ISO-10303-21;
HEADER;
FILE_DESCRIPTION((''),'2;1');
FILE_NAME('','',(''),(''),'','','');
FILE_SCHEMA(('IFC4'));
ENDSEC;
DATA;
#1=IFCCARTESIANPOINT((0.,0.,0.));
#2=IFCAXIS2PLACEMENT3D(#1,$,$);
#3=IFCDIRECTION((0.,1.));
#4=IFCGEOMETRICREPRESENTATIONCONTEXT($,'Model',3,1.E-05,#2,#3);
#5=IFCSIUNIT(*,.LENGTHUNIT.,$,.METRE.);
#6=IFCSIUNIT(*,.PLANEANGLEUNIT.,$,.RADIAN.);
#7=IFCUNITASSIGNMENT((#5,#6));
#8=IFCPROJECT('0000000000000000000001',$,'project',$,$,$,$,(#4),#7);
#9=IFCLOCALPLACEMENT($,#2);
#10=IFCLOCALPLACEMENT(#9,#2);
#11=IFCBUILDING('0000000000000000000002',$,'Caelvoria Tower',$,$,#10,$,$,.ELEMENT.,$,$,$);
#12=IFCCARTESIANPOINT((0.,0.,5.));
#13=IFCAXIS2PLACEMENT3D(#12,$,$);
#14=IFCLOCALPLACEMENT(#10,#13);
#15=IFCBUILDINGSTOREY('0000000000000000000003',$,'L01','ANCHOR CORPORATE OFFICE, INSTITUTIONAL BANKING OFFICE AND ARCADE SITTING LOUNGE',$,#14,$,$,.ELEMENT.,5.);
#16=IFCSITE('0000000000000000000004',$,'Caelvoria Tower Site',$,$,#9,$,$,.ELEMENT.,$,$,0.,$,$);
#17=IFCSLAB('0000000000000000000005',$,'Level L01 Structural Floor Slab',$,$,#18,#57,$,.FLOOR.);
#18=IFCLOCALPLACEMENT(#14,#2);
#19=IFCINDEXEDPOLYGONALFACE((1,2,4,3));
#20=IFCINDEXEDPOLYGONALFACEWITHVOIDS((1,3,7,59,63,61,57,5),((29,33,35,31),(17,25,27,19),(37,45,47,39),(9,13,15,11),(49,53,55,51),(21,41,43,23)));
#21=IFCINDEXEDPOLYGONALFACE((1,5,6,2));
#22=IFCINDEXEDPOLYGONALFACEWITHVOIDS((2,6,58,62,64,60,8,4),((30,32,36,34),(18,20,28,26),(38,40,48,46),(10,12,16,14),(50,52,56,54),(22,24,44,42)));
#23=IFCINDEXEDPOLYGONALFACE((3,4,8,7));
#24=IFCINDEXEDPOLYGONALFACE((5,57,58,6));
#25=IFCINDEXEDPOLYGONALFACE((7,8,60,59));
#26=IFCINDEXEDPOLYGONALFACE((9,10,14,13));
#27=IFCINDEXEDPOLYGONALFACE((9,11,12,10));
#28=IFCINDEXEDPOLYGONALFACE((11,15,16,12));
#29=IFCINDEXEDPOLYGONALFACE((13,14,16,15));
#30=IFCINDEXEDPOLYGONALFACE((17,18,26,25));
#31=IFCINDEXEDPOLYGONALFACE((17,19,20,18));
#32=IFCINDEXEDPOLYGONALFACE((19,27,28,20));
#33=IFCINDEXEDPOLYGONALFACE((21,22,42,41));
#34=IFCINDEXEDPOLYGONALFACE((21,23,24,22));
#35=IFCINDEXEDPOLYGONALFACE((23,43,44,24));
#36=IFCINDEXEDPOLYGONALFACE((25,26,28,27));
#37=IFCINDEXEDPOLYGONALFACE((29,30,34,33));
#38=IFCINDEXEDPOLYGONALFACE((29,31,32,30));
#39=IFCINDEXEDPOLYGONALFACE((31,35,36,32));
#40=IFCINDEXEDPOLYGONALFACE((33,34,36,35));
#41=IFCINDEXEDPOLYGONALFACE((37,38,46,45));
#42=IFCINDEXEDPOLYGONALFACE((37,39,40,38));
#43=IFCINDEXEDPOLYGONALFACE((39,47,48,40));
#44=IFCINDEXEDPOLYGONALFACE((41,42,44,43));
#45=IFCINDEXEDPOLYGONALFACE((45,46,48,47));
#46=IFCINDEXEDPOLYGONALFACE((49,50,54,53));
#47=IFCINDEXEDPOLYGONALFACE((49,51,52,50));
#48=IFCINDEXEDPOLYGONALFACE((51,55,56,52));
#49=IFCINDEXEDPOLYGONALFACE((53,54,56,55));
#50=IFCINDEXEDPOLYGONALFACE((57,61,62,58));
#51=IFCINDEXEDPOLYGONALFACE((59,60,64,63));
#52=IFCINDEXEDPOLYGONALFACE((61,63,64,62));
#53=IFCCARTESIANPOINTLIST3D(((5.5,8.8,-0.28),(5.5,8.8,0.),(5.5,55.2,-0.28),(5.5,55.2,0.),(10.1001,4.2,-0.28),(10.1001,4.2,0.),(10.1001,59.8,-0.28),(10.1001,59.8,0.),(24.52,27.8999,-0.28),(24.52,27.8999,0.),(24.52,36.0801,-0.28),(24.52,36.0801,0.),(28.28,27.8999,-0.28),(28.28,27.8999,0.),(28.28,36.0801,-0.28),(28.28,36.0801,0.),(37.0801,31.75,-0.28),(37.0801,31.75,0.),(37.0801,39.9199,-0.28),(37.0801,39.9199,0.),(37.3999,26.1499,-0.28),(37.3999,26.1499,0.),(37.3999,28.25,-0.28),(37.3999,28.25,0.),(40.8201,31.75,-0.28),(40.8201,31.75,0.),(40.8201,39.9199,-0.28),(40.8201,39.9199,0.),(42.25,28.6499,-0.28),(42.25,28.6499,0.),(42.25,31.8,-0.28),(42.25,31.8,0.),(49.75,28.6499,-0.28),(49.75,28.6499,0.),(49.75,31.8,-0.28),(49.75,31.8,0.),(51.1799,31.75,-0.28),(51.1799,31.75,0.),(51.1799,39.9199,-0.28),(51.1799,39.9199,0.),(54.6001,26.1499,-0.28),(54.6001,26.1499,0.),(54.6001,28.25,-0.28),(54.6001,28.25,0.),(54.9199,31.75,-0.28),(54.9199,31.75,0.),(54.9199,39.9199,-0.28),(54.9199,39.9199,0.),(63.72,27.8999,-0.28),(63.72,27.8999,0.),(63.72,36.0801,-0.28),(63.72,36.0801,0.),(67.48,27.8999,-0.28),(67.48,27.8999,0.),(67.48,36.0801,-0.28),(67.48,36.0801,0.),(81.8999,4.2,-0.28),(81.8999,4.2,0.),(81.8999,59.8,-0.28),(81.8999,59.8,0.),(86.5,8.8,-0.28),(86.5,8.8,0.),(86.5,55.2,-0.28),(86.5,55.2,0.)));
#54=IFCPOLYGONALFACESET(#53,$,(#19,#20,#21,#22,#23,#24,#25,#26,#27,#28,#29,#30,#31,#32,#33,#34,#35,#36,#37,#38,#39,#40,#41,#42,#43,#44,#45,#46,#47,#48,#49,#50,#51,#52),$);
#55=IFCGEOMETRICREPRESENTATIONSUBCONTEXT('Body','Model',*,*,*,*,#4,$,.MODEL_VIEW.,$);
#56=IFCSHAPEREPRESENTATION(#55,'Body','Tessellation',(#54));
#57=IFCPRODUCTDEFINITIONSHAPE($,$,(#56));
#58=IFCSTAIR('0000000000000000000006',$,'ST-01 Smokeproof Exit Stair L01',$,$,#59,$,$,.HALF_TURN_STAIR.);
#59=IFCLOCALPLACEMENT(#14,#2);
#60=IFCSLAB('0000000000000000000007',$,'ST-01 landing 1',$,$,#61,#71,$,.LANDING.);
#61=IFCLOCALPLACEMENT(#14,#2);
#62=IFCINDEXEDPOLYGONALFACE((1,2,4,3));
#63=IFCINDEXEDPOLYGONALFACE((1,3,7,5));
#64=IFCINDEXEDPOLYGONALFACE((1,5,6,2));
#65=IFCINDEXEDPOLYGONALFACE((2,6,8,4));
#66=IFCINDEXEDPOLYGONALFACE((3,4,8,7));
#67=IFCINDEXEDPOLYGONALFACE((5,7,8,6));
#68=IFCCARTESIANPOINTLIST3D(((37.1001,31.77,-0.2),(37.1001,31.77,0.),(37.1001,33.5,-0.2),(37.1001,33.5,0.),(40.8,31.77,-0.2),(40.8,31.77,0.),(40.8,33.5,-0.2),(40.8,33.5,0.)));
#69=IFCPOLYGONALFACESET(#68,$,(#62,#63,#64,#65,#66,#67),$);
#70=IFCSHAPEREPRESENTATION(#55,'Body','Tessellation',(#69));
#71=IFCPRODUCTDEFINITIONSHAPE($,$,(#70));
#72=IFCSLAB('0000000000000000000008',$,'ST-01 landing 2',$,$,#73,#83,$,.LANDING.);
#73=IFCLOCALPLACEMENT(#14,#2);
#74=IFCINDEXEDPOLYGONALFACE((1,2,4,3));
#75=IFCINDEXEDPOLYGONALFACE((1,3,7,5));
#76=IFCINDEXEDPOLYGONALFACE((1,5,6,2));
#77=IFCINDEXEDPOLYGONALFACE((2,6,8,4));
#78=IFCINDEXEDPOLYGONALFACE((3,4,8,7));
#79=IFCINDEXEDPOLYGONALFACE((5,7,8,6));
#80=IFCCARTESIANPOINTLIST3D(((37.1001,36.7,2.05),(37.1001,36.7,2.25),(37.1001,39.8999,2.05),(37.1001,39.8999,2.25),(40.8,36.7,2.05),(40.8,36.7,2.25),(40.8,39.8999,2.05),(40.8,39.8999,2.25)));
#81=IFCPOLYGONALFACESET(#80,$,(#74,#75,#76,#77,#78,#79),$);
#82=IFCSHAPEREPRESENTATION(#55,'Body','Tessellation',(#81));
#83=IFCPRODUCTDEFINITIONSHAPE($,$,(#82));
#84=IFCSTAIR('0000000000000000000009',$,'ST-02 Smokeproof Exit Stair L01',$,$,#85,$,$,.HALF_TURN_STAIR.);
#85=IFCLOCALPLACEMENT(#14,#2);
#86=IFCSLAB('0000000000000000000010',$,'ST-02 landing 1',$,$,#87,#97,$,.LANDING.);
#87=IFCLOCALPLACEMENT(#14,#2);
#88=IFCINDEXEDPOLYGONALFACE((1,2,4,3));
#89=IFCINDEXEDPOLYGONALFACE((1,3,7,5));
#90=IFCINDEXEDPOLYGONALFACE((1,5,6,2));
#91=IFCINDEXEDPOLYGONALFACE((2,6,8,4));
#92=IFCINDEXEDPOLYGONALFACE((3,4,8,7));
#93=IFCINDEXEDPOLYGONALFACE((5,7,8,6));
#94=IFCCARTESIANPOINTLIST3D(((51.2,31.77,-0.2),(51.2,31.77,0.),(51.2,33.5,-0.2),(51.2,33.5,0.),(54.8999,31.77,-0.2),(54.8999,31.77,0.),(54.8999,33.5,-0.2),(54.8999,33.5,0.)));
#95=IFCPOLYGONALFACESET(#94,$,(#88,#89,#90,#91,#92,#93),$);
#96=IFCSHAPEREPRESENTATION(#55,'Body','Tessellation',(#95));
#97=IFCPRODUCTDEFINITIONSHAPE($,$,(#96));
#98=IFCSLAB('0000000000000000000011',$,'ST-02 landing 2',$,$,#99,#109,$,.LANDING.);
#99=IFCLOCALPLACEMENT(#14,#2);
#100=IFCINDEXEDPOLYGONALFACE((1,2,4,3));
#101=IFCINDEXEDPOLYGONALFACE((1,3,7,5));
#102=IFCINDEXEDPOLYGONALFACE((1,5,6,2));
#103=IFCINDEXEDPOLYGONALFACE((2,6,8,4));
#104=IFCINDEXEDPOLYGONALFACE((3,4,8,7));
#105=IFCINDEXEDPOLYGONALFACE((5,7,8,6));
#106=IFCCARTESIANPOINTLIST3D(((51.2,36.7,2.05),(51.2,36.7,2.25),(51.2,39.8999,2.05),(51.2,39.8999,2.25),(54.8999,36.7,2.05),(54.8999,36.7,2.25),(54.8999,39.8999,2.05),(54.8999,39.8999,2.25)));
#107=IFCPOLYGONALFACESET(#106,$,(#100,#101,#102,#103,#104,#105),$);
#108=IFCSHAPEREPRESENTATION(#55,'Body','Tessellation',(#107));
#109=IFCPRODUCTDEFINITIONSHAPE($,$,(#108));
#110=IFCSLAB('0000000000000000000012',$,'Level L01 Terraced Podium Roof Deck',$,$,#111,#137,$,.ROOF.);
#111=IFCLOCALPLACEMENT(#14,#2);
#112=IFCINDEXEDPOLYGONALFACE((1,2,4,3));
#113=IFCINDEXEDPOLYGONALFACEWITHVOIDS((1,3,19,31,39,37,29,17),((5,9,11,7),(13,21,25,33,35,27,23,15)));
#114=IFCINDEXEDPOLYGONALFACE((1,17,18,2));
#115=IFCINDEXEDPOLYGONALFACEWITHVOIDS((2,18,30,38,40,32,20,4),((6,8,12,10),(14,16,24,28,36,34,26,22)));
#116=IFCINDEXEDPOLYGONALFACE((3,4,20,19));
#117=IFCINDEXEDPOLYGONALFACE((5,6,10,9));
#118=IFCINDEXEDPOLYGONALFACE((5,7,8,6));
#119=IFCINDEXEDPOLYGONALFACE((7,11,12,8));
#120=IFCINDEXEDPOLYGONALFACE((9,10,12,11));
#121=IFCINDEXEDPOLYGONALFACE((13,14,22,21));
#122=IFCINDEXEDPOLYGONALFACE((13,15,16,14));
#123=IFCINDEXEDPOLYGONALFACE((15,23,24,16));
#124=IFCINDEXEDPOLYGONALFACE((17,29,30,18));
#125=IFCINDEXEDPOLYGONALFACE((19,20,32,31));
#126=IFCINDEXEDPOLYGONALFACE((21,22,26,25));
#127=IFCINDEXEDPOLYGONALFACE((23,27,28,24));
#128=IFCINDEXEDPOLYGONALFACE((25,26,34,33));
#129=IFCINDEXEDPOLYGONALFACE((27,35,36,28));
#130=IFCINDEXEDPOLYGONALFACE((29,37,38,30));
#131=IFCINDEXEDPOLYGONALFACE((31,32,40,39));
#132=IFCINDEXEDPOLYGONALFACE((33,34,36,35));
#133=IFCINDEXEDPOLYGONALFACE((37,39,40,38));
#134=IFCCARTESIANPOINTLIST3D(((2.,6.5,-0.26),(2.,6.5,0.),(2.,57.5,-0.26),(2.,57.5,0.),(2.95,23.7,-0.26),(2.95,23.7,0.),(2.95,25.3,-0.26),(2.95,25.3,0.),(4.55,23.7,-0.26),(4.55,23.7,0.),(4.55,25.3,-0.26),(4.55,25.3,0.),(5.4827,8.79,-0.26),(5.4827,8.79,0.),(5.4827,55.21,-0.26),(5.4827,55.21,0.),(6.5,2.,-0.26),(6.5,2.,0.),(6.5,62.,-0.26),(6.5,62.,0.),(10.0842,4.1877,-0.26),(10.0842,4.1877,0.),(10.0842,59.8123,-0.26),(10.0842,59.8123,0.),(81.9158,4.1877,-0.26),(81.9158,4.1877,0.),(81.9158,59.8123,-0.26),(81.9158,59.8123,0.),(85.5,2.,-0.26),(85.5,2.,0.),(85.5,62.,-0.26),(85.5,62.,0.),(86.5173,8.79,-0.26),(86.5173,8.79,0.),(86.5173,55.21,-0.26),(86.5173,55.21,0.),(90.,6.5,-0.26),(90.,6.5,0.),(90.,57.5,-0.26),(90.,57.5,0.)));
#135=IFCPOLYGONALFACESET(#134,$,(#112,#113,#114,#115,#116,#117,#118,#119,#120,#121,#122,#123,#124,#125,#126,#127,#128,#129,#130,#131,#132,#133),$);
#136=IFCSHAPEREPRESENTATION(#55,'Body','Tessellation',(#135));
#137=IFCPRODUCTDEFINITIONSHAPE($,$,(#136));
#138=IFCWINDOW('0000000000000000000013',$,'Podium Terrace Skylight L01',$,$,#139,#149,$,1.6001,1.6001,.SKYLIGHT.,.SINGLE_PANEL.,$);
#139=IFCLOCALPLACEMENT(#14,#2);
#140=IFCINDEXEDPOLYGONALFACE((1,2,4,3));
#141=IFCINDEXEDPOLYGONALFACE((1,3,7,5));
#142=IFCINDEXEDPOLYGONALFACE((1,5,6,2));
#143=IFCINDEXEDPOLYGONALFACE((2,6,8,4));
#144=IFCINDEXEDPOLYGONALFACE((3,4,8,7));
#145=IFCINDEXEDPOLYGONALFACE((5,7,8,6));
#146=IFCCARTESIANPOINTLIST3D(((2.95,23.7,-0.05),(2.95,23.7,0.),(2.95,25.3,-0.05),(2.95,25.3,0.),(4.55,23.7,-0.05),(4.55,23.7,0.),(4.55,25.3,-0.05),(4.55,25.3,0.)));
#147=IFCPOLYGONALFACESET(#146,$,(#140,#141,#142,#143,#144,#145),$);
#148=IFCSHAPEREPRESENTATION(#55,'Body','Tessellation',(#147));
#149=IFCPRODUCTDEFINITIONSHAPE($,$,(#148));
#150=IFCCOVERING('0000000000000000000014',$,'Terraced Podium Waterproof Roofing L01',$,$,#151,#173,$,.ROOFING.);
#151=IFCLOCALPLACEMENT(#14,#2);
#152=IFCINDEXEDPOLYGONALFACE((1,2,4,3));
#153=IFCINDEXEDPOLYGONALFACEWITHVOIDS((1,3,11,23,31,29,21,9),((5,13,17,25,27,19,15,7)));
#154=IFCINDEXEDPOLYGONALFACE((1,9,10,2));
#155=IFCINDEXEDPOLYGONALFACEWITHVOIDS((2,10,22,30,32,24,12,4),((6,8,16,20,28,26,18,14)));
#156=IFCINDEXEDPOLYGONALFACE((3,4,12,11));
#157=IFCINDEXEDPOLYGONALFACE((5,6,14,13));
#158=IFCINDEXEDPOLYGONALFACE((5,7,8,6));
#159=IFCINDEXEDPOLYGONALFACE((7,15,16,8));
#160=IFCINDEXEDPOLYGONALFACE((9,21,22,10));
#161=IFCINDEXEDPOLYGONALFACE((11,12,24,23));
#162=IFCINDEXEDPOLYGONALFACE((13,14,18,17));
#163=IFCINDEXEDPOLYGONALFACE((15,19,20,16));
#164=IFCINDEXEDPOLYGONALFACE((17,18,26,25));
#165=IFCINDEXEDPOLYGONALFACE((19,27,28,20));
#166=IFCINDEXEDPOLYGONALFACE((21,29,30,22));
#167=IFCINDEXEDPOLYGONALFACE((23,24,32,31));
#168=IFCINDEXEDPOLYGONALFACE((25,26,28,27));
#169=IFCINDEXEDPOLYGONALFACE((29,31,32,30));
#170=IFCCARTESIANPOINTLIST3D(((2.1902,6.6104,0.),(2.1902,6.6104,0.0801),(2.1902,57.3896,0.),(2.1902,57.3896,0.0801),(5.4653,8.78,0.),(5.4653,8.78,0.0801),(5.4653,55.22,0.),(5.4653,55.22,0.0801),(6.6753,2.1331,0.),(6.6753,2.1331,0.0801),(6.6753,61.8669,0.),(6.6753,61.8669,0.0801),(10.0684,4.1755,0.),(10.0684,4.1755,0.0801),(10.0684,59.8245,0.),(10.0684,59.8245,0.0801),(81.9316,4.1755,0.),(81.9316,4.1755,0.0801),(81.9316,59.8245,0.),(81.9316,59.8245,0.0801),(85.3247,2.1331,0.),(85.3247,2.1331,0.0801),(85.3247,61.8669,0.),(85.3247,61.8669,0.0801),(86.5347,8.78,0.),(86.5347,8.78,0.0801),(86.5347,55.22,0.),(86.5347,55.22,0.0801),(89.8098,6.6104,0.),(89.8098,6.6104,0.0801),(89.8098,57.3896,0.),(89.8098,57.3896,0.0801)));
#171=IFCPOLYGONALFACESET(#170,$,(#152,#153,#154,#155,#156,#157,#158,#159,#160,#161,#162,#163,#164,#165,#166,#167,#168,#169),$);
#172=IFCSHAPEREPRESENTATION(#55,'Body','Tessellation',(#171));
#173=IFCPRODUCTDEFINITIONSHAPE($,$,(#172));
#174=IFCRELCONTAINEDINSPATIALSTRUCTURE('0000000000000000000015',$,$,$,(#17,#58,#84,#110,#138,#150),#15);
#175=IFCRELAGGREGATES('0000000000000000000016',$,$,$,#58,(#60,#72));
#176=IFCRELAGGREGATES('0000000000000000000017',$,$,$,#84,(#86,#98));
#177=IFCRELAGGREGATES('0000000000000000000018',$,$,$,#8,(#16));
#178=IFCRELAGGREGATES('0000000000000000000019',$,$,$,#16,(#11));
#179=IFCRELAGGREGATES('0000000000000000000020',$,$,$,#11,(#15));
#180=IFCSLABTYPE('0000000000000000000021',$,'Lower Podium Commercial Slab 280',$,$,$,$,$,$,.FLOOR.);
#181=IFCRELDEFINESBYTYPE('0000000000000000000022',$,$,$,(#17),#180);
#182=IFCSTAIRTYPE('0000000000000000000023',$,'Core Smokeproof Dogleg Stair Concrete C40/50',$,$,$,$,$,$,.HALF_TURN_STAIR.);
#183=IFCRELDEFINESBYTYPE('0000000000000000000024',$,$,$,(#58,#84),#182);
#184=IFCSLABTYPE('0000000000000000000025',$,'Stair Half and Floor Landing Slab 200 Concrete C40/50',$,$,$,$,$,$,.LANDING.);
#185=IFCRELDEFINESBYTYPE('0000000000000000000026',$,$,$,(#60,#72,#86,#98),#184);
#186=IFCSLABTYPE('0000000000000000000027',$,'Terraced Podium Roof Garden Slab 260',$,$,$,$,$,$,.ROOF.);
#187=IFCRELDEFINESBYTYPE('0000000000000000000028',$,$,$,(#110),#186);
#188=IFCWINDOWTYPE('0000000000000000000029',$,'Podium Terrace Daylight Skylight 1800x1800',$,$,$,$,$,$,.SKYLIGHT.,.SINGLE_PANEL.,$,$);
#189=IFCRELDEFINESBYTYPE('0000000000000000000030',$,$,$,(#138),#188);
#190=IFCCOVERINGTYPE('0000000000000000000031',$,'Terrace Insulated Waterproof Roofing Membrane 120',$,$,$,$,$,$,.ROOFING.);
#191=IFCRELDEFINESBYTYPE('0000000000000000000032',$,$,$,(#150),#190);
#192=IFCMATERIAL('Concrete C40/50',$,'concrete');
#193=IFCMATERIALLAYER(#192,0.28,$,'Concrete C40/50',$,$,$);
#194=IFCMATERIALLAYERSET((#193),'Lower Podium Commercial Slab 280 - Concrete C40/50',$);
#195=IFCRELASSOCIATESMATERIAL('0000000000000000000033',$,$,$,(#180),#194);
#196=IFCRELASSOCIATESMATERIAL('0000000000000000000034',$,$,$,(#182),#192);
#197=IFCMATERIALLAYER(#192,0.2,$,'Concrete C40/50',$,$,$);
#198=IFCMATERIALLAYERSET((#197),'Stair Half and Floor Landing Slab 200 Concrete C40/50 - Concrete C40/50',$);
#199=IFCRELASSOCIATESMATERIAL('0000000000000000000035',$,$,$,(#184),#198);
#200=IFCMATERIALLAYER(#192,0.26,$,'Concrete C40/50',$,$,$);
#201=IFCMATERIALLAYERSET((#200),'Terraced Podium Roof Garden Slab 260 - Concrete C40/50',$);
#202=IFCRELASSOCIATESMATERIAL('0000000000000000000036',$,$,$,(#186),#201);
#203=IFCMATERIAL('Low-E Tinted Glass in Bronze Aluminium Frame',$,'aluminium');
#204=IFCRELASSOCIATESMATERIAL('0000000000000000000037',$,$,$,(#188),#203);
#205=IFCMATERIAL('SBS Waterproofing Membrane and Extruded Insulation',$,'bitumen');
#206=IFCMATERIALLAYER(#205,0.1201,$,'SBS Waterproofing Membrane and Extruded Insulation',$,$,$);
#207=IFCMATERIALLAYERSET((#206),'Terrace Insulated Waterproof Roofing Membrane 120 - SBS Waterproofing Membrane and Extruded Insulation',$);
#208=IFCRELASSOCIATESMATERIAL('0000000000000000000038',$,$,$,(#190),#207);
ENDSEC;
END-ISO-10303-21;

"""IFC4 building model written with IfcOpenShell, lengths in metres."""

from ifc_helpers import new_model, si_unit, direction, frame, origin, origin_2d, place, context, subcontext, project, spatial, polyline, rectangle, outline, extrude, material, layer, layer_set, type_object, element, fill, aggregate, save


model = new_model("IFC4")

# Units and contexts
model_context = context("Model", 3, precision=1e-05, world=origin(), true_north=direction((0.0, 1.0)))
body_context = subcontext(model_context, "Body", "Model", "MODEL_VIEW")
ifc_project = project(units=[si_unit("LENGTHUNIT", "METRE"), si_unit("PLANEANGLEUNIT", "RADIAN")], contexts=[model_context])

# Site, building, storey
site_placement = place(None, origin())
site = spatial("IfcSite", under=ifc_project, at=site_placement, Name="Caelvoria Tower Site", CompositionType="ELEMENT", RefElevation=0.0)
building_placement = place(site_placement, origin())
building = spatial("IfcBuilding", under=site, at=building_placement, Name="Caelvoria Tower", CompositionType="ELEMENT")
storey_placement = place(building_placement, frame((0.0, 0.0, 5.0)))
storey = spatial("IfcBuildingStorey", under=building, at=storey_placement, Name="L01", Description="ANCHOR CORPORATE OFFICE, INSTITUTIONAL BANKING OFFICE AND ARCADE SITTING LOUNGE", CompositionType="ELEMENT", Elevation=5.0)

# Slab
ifc_material_1 = material(Name="Concrete C40/50", Category="concrete")
ifc_layer_1 = layer(ifc_material_1, 0.28, Name="Concrete C40/50")
ifc_layer_set_1 = layer_set([ifc_layer_1], Name="Lower Podium Commercial Slab 280 - Concrete C40/50")
slab_type_1 = type_object("IfcSlabType", Name="Lower Podium Commercial Slab 280", PredefinedType="FLOOR", material=ifc_layer_set_1)
slab_1_placement = place(storey_placement, frame((0.0, 0.0, -0.28)))
element("IfcSlab", 1, at=slab_1_placement, inside=storey, type_object=slab_type_1, Name="Level L01 Structural Floor Slab", PredefinedType="FLOOR", context=body_context, shape_type="SweptSolid", body=[
    extrude(outline(polyline([(10.1001, 4.2), (81.8999, 4.2), (86.5, 8.8), (86.5, 55.2), (81.8999, 59.8), (10.1001, 59.8), (5.5, 55.2), (5.5, 8.8), (10.1001, 4.2)]), holes=[polyline([(37.0801, 31.75), (40.8201, 31.75), (40.8201, 39.9199), (37.0801, 39.9199), (37.0801, 31.75)]), polyline([(51.1799, 31.75), (54.9199, 31.75), (54.9199, 39.9199), (51.1799, 39.9199), (51.1799, 31.75)]), polyline([(42.25, 28.6499), (49.75, 28.6499), (49.75, 31.8), (42.25, 31.8), (42.25, 28.6499)]), polyline([(24.52, 27.8999), (28.28, 27.8999), (28.28, 36.0801), (24.52, 36.0801), (24.52, 27.8999)]), polyline([(63.72, 27.8999), (67.48, 27.8999), (67.48, 36.0801), (63.72, 36.0801), (63.72, 27.8999)]), polyline([(37.3999, 26.1499), (54.6001, 26.1499), (54.6001, 28.25), (37.3999, 28.25), (37.3999, 26.1499)])]), origin(), (0.0, 0.0, 1.0), 0.28),
])

# Stairs, slabs
stair_type = type_object("IfcStairType", Name="Core Smokeproof Dogleg Stair Concrete C40/50", PredefinedType="HALF_TURN_STAIR", material=ifc_material_1)
stair_1_placement = place(storey_placement, origin())
stair_1 = element("IfcStair", 2, at=stair_1_placement, inside=storey, type_object=stair_type, Name="ST-01 Smokeproof Exit Stair L01", PredefinedType="HALF_TURN_STAIR")
ifc_layer_2 = layer(ifc_material_1, 0.2, Name="Concrete C40/50")
ifc_layer_set_2 = layer_set([ifc_layer_2], Name="Stair Half and Floor Landing Slab 200 Concrete C40/50 - Concrete C40/50")
slab_type_2 = type_object("IfcSlabType", Name="Stair Half and Floor Landing Slab 200 Concrete C40/50", PredefinedType="LANDING", material=ifc_layer_set_2)
slab_2_placement = place(storey_placement, frame((0.0, 0.0, -0.2)))
slab_2 = element("IfcSlab", 3, at=slab_2_placement, type_object=slab_type_2, Name="ST-01 landing 1", PredefinedType="LANDING", context=body_context, shape_type="SweptSolid", body=[
    extrude(outline(polyline([(37.1001, 31.77), (40.8, 31.77), (40.8, 33.5), (37.1001, 33.5), (37.1001, 31.77)])), origin(), (0.0, 0.0, 1.0), 0.2),
])
slab_3_placement = place(storey_placement, frame((0.0, 0.0, 2.05)))
slab_3 = element("IfcSlab", 4, at=slab_3_placement, type_object=slab_type_2, Name="ST-01 landing 2", PredefinedType="LANDING", context=body_context, shape_type="SweptSolid", body=[
    extrude(outline(polyline([(37.1001, 36.7), (40.8, 36.7), (40.8, 39.8999), (37.1001, 39.8999), (37.1001, 36.7)])), origin(), (0.0, 0.0, 1.0), 0.2),
])
aggregate(stair_1, [slab_2, slab_3])
stair_2_placement = place(storey_placement, origin())
stair_2 = element("IfcStair", 5, at=stair_2_placement, inside=storey, type_object=stair_type, Name="ST-02 Smokeproof Exit Stair L01", PredefinedType="HALF_TURN_STAIR")
slab_4_placement = place(storey_placement, frame((0.0, 0.0, -0.2)))
slab_4 = element("IfcSlab", 6, at=slab_4_placement, type_object=slab_type_2, Name="ST-02 landing 1", PredefinedType="LANDING", context=body_context, shape_type="SweptSolid", body=[
    extrude(outline(polyline([(51.2, 31.77), (54.8999, 31.77), (54.8999, 33.5), (51.2, 33.5), (51.2, 31.77)])), origin(), (0.0, 0.0, 1.0), 0.2),
])
slab_5_placement = place(storey_placement, frame((0.0, 0.0, 2.05)))
slab_5 = element("IfcSlab", 7, at=slab_5_placement, type_object=slab_type_2, Name="ST-02 landing 2", PredefinedType="LANDING", context=body_context, shape_type="SweptSolid", body=[
    extrude(outline(polyline([(51.2, 36.7), (54.8999, 36.7), (54.8999, 39.8999), (51.2, 39.8999), (51.2, 36.7)])), origin(), (0.0, 0.0, 1.0), 0.2),
])
aggregate(stair_2, [slab_4, slab_5])

# Slab, opening, window
ifc_layer_3 = layer(ifc_material_1, 0.26, Name="Concrete C40/50")
ifc_layer_set_3 = layer_set([ifc_layer_3], Name="Terraced Podium Roof Garden Slab 260 - Concrete C40/50")
slab_type_3 = type_object("IfcSlabType", Name="Terraced Podium Roof Garden Slab 260", PredefinedType="ROOF", material=ifc_layer_set_3)
slab_6_placement = place(storey_placement, frame((0.0, 0.0, -0.26)))
slab_6 = element("IfcSlab", 8, at=slab_6_placement, inside=storey, type_object=slab_type_3, Name="Level L01 Terraced Podium Roof Deck", PredefinedType="ROOF", context=body_context, shape_type="SweptSolid", body=[
    extrude(outline(polyline([(6.5, 2.0), (85.5, 2.0), (90.0, 6.5), (90.0, 57.5), (85.5, 62.0), (6.5, 62.0), (2.0, 57.5), (2.0, 6.5), (6.5, 2.0)]), holes=[polyline([(10.0842, 4.1877), (81.9158, 4.1877), (86.5173, 8.79), (86.5173, 55.21), (81.9158, 59.8123), (10.0842, 59.8123), (5.4827, 55.21), (5.4827, 8.79), (10.0842, 4.1877)])]), origin(), (0.0, 0.0, 1.0), 0.26),
])
opening_placement = place(slab_6_placement, frame((3.75, 24.5, 0.0)))
opening = element("IfcOpeningElement", 9, at=opening_placement, cuts=slab_6, PredefinedType="OPENING", context=body_context, shape_type="SweptSolid", body=[
    extrude(rectangle(XDim=1.6001, YDim=1.6001, at=origin_2d()), origin(), (0.0, 0.0, 1.0), 0.26),
])
ifc_material_2 = material(Name="Low-E Tinted Glass in Bronze Aluminium Frame", Category="aluminium")
window_type = type_object("IfcWindowType", Name="Podium Terrace Daylight Skylight 1800x1800", PartitioningType="SINGLE_PANEL", PredefinedType="SKYLIGHT", material=ifc_material_2)
window_placement = place(opening_placement, frame((0.0, 0.0, 0.21)))
window = element("IfcWindow", 10, at=window_placement, inside=storey, type_object=window_type, Name="Podium Terrace Skylight L01", OverallHeight=1.6001, OverallWidth=1.6001, PartitioningType="SINGLE_PANEL", PredefinedType="SKYLIGHT", context=body_context, shape_type="SweptSolid", body=[
    extrude(rectangle(XDim=1.6001, YDim=1.6001, at=origin_2d()), origin(), (0.0, 0.0, 1.0), 0.05),
])
fill(opening, window)

# Covering
ifc_material_3 = material(Name="SBS Waterproofing Membrane and Extruded Insulation", Category="bitumen")
ifc_layer_4 = layer(ifc_material_3, 0.1201, Name="SBS Waterproofing Membrane and Extruded Insulation")
ifc_layer_set_4 = layer_set([ifc_layer_4], Name="Terrace Insulated Waterproof Roofing Membrane 120 - SBS Waterproofing Membrane and Extruded Insulation")
covering_type = type_object("IfcCoveringType", Name="Terrace Insulated Waterproof Roofing Membrane 120", PredefinedType="ROOFING", material=ifc_layer_set_4)
covering_placement = place(storey_placement, origin())
element("IfcCovering", 11, at=covering_placement, inside=storey, type_object=covering_type, Name="Terraced Podium Waterproof Roofing L01", PredefinedType="ROOFING", context=body_context, shape_type="SweptSolid", body=[
    extrude(outline(polyline([(6.6753, 2.1331), (85.3247, 2.1331), (89.8098, 6.6104), (89.8098, 57.3896), (85.3247, 61.8669), (6.6753, 61.8669), (2.1902, 57.3896), (2.1902, 6.6104), (6.6753, 2.1331)]), holes=[polyline([(5.4653, 8.78), (5.4653, 55.22), (10.0684, 59.8245), (81.9316, 59.8245), (86.5347, 55.22), (86.5347, 8.78), (81.9316, 4.1755), (10.0684, 4.1755), (5.4653, 8.78)])]), origin(), (0.0, 0.0, 1.0), 0.0801),
])

save(model, "model.ifc")
